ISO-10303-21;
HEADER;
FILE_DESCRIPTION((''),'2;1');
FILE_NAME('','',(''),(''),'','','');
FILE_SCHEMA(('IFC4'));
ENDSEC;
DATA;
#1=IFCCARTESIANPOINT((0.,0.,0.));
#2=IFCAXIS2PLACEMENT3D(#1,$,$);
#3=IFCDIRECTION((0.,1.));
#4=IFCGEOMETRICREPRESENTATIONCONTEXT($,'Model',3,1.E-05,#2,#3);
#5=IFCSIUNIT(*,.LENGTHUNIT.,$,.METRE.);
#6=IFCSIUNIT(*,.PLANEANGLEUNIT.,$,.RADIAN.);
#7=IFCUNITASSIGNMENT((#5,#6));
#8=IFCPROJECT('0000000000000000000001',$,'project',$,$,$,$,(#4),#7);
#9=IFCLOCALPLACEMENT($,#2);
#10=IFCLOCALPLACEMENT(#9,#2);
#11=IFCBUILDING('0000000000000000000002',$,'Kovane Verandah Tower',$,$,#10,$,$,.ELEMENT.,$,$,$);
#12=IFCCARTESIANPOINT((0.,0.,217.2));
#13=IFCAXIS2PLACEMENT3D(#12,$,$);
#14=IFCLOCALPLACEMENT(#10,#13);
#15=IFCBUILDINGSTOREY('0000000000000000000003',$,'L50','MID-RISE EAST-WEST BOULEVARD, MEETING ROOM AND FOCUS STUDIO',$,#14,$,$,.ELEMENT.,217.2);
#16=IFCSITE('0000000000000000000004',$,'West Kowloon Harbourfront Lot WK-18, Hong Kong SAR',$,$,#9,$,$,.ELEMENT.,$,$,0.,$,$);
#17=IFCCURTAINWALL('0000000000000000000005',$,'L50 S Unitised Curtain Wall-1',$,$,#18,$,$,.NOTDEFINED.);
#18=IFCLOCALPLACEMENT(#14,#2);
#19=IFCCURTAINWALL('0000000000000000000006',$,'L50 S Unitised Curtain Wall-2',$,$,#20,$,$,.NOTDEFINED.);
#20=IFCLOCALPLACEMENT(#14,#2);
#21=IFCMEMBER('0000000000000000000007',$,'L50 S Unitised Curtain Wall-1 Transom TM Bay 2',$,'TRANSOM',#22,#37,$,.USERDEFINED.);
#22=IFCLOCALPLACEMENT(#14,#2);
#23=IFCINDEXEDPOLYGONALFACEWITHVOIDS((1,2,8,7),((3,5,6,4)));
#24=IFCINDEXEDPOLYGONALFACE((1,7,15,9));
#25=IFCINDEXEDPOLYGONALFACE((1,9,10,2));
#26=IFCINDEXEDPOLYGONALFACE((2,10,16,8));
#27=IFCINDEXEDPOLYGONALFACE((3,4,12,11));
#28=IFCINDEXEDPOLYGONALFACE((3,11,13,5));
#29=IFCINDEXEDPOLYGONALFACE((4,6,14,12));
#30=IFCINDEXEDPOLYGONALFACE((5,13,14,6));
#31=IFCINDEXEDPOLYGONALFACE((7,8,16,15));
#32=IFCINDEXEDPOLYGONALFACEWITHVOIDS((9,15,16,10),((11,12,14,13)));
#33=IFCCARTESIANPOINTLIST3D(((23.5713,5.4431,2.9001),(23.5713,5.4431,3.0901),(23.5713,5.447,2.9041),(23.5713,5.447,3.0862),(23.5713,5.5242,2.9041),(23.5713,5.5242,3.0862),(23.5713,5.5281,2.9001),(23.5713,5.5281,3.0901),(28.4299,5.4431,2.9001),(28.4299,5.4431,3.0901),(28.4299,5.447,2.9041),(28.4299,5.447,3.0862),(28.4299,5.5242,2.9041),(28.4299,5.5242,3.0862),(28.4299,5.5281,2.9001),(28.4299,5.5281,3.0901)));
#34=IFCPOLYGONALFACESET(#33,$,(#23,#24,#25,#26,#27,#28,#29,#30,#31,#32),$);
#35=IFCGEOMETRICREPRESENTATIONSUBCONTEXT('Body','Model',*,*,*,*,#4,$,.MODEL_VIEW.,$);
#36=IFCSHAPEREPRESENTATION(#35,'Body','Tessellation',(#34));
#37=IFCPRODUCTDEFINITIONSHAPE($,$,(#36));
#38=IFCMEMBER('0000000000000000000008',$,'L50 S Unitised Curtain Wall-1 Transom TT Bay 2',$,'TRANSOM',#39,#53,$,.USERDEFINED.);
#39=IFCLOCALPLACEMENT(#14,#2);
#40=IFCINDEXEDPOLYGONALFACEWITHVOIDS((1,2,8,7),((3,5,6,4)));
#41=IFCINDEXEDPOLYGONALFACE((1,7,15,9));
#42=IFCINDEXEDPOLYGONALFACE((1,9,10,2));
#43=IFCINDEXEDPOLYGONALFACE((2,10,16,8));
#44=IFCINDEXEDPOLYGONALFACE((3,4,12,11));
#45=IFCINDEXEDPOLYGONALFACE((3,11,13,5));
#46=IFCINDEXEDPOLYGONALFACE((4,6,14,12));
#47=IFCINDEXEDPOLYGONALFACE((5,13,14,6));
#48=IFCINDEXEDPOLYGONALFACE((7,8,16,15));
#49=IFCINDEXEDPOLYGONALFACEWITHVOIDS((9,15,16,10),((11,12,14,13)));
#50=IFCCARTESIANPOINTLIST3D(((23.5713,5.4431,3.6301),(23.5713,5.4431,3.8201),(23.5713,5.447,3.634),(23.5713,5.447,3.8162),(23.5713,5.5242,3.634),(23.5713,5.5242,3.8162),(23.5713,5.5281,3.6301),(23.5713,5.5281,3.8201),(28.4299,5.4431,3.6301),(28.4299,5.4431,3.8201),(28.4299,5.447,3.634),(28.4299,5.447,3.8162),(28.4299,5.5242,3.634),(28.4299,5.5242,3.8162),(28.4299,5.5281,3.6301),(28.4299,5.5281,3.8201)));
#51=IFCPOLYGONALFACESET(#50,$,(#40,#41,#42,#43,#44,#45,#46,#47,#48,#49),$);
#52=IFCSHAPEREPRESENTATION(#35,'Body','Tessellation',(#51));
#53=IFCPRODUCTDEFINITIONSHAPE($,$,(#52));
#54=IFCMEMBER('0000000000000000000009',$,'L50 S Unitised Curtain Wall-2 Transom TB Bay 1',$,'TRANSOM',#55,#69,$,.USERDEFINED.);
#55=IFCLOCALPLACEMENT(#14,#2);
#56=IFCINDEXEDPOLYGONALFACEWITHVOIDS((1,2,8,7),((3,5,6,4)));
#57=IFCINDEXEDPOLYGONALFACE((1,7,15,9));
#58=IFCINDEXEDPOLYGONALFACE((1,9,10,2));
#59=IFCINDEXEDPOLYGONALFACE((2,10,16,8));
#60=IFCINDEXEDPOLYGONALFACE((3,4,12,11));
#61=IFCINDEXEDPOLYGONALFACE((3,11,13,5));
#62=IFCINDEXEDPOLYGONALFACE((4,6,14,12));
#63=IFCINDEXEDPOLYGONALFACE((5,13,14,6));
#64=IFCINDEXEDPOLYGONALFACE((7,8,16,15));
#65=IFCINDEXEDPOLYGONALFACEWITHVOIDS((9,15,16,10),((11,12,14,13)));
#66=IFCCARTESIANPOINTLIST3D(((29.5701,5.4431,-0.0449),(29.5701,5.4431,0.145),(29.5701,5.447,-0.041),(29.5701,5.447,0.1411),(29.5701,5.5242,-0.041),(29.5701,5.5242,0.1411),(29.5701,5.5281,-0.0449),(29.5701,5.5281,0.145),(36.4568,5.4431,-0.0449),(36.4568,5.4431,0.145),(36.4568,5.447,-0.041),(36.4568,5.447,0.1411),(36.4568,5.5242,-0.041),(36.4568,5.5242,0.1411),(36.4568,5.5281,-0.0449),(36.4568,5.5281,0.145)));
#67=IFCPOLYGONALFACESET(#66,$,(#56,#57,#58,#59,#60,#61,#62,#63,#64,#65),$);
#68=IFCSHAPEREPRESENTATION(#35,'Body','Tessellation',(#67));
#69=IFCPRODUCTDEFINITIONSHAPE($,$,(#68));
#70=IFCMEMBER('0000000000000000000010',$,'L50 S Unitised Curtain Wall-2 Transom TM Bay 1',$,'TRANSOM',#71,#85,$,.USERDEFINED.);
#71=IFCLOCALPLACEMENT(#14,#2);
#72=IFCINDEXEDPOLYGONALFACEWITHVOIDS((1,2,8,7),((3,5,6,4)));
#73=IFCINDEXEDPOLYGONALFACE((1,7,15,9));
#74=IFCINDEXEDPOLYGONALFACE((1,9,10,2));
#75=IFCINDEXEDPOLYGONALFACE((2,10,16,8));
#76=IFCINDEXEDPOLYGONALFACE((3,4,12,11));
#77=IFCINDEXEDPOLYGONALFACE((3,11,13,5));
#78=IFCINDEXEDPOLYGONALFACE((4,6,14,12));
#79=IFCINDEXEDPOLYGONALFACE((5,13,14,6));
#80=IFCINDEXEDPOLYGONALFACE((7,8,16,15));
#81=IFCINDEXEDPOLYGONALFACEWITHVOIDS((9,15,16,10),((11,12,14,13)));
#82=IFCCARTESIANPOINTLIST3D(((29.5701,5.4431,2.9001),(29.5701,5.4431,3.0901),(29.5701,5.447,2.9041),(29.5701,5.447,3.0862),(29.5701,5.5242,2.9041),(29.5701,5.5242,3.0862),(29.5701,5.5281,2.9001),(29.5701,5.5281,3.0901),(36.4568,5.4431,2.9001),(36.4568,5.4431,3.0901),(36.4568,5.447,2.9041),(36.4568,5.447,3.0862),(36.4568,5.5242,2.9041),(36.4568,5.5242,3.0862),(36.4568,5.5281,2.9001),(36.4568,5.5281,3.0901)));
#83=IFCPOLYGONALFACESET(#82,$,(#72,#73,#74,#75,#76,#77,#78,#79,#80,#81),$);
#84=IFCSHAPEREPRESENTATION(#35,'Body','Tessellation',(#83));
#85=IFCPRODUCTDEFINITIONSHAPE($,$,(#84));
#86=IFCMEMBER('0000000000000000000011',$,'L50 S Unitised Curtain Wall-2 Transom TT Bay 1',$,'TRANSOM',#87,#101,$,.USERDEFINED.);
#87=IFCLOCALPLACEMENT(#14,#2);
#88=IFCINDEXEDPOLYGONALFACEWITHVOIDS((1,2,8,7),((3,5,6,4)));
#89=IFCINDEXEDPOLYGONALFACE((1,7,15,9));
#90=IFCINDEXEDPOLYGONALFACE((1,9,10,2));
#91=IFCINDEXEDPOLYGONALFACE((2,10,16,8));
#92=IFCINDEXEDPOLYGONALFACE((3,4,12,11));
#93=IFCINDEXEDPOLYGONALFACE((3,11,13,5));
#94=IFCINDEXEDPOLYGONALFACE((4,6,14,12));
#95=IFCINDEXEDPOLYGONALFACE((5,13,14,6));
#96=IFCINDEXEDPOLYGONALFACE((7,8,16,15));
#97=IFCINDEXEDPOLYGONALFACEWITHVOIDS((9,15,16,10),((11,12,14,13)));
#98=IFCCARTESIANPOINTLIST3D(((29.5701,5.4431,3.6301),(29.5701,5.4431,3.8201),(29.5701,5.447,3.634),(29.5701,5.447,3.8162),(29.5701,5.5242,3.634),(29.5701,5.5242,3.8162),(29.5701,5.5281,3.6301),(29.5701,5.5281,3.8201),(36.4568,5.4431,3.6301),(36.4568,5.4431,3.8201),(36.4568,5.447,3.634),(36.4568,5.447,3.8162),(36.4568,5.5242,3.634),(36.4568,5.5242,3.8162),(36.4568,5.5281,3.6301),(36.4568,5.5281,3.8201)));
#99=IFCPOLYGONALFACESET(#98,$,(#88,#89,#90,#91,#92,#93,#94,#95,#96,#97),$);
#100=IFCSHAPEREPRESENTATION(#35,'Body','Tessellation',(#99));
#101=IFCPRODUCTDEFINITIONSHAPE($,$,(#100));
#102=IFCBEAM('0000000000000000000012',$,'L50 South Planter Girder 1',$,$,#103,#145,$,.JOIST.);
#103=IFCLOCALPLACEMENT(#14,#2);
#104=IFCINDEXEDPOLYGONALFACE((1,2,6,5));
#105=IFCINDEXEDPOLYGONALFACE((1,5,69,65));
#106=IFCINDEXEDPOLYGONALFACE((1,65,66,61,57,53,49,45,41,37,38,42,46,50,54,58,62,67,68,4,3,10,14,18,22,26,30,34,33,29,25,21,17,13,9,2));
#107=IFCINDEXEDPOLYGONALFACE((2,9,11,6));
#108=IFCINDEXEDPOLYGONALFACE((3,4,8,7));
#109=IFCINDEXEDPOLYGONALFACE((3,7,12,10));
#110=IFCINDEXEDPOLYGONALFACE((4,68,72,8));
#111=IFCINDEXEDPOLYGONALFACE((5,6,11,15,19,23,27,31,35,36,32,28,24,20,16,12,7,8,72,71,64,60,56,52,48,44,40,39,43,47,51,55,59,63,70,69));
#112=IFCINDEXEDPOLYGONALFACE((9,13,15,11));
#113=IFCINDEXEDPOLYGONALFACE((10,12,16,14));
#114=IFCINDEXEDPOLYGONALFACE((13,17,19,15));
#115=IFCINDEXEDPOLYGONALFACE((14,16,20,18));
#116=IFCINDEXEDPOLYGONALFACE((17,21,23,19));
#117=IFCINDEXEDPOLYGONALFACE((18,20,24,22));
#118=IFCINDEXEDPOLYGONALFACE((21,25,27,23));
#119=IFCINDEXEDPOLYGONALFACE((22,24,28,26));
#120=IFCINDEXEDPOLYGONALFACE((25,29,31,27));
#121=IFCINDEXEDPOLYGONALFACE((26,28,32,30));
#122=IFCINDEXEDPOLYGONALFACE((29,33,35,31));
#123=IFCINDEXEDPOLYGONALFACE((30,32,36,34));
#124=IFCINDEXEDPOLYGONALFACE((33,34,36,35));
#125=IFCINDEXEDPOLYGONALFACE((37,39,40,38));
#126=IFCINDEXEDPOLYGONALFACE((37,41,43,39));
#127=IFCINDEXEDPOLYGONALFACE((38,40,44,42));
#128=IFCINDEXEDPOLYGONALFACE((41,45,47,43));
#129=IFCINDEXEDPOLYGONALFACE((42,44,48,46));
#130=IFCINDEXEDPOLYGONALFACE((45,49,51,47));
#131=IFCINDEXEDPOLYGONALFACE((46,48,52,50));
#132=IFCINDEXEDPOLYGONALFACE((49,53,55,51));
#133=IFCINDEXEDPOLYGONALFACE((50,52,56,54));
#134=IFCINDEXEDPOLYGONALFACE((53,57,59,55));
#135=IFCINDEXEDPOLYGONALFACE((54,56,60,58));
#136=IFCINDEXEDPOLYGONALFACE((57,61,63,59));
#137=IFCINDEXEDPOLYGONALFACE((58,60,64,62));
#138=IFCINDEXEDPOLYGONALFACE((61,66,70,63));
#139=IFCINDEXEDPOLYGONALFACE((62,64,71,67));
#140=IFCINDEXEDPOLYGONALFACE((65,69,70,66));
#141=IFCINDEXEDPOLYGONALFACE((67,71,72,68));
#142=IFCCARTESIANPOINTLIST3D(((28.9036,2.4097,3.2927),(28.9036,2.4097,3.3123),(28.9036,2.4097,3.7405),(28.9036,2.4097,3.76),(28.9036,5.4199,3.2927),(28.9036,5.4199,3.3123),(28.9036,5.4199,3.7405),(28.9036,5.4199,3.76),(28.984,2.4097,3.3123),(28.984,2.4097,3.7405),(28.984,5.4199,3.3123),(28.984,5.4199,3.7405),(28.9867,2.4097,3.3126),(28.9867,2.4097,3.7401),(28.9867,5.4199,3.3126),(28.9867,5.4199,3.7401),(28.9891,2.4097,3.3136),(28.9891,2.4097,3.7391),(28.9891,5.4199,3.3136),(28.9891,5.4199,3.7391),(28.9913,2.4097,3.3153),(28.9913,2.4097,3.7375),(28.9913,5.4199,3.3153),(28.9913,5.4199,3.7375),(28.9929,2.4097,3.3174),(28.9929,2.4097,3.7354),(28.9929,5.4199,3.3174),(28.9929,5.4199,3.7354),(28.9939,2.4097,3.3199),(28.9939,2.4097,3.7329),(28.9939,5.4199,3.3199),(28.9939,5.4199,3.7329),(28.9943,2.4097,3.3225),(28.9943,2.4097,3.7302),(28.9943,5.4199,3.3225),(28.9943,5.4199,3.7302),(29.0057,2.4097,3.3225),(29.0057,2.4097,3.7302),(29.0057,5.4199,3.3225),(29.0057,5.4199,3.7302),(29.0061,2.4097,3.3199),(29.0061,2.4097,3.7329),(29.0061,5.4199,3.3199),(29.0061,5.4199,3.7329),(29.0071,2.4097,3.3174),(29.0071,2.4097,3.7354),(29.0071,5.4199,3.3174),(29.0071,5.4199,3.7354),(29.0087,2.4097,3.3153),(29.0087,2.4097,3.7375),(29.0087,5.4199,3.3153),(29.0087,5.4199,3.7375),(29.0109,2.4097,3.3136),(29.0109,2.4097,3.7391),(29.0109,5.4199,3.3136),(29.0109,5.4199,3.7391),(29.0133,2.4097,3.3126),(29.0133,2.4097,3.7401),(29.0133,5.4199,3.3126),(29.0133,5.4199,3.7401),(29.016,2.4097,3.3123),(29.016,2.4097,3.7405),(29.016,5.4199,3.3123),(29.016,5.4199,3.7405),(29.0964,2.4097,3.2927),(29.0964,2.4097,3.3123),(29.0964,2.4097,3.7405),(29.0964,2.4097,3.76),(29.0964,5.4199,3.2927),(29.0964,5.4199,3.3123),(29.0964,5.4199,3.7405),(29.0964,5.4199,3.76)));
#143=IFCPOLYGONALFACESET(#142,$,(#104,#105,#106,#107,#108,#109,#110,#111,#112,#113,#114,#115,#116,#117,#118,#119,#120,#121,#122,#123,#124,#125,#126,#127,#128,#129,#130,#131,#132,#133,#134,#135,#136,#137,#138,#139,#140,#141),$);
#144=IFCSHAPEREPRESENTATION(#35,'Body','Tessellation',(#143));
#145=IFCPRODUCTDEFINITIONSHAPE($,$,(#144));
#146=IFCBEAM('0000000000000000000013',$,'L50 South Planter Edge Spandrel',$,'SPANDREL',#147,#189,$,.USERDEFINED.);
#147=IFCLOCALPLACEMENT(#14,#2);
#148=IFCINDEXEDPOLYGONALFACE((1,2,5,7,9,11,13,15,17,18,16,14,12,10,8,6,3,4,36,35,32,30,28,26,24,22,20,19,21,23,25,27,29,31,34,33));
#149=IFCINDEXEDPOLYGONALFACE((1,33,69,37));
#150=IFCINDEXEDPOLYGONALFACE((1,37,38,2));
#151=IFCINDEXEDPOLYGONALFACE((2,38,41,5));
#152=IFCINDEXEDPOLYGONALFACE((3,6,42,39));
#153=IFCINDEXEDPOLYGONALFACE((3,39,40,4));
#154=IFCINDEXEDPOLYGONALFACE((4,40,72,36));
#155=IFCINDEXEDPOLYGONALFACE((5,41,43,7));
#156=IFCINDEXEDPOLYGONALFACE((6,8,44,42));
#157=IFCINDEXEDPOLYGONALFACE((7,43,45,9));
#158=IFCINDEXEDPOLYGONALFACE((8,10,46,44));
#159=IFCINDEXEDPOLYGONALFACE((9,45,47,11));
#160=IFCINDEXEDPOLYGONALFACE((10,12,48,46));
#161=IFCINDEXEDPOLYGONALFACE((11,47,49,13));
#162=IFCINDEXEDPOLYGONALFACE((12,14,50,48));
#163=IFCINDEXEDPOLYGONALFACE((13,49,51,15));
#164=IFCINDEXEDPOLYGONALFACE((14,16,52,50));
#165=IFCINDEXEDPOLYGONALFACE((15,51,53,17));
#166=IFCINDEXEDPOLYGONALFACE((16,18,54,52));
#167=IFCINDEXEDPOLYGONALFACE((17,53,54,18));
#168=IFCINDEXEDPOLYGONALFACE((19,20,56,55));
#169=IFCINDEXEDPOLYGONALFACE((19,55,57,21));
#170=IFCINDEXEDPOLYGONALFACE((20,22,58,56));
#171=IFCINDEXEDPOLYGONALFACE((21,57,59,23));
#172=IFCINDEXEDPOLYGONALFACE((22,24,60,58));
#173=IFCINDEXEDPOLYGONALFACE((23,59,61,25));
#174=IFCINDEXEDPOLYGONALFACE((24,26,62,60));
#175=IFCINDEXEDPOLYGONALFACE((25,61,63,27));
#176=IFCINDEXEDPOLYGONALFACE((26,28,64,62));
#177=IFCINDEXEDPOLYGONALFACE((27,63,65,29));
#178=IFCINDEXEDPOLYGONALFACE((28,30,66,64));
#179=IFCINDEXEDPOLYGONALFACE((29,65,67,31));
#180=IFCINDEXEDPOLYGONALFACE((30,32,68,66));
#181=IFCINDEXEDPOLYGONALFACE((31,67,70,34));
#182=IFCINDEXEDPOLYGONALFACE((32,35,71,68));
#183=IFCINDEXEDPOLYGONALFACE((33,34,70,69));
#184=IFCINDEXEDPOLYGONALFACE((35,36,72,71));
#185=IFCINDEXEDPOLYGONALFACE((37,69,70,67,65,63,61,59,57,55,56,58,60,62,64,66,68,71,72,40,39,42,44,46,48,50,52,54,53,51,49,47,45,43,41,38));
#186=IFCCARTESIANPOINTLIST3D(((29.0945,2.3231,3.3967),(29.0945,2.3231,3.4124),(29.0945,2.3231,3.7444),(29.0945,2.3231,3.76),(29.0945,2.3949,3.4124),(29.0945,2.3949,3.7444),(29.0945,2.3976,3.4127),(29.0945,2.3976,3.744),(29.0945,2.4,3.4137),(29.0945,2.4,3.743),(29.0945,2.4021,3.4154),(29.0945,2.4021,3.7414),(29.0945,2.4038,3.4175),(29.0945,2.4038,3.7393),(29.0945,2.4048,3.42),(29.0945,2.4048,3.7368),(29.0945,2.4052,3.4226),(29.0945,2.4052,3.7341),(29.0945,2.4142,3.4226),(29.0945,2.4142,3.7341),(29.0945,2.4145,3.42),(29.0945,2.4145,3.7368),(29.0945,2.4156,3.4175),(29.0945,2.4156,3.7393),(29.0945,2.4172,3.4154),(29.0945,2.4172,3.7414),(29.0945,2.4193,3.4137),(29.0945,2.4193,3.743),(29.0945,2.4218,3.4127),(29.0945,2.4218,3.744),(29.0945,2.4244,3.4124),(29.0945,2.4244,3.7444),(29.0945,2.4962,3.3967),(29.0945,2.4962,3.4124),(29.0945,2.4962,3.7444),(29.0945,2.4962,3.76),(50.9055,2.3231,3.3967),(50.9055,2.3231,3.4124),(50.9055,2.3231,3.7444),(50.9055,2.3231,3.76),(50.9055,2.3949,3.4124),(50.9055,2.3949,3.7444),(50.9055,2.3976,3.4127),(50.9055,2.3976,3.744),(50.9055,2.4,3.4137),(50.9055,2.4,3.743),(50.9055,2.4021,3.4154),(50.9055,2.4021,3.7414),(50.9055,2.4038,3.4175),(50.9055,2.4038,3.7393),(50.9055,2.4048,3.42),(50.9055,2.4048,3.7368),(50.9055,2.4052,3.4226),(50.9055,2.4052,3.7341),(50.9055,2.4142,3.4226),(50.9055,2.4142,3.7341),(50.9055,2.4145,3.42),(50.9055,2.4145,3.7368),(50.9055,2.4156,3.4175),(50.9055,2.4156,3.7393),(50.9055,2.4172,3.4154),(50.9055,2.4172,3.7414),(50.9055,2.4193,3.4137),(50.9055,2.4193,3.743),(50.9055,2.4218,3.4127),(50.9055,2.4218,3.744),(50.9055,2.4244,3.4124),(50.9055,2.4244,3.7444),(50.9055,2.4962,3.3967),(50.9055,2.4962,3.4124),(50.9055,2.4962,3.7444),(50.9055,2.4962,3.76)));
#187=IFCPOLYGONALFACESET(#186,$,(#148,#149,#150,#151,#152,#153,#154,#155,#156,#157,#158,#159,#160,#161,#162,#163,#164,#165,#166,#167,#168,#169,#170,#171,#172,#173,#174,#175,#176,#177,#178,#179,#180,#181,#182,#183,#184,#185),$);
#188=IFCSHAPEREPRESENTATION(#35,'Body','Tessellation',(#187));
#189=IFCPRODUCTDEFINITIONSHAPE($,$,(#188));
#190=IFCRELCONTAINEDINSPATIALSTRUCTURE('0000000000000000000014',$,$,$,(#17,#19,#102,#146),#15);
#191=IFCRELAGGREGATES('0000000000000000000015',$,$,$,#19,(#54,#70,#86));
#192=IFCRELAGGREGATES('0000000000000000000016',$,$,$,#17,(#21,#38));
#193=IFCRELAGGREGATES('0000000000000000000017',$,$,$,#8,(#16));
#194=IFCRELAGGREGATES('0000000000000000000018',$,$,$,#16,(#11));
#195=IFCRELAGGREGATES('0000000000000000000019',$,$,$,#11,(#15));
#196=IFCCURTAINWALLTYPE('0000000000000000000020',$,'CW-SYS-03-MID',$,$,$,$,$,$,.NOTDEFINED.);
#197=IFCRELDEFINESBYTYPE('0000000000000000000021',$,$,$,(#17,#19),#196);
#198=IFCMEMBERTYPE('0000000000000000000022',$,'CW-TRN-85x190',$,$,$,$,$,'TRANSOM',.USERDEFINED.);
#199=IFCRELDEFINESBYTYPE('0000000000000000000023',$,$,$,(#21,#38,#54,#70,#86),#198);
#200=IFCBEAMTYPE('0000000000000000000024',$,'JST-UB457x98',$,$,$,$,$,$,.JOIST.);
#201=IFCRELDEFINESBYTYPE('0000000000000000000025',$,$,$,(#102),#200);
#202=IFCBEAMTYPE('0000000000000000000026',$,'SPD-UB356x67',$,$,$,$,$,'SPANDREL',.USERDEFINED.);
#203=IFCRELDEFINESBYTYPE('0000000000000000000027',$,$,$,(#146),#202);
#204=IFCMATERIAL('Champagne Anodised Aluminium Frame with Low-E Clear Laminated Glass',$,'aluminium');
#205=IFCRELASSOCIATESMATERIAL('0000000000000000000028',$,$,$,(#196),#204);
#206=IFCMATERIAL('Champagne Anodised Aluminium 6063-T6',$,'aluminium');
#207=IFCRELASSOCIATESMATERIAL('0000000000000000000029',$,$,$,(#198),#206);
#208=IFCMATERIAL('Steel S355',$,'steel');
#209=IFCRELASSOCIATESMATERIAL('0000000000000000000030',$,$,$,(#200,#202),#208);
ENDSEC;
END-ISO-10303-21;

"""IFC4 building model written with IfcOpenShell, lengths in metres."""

from ifc_helpers import new_model, si_unit, direction, frame, origin, origin_2d, place, context, subcontext, project, spatial, hollow_rectangle, i_section, extrude, material, material_profile, profile_set, type_object, element, aggregate, save


model = new_model("IFC4")

# Units and contexts
model_context = context("Model", 3, precision=1e-05, world=origin(), true_north=direction((0.0, 1.0)))
body_context = subcontext(model_context, "Body", "Model", "MODEL_VIEW")
ifc_project = project(units=[si_unit("LENGTHUNIT", "METRE"), si_unit("PLANEANGLEUNIT", "RADIAN")], contexts=[model_context])

# Site, building, storey
site_placement = place(None, origin())
site = spatial("IfcSite", under=ifc_project, at=site_placement, Name="West Kowloon Harbourfront Lot WK-18, Hong Kong SAR", CompositionType="ELEMENT", RefElevation=0.0)
building_placement = place(site_placement, origin())
building = spatial("IfcBuilding", under=site, at=building_placement, Name="Kovane Verandah Tower", CompositionType="ELEMENT")
storey_placement = place(building_placement, frame((0.0, 0.0, 217.2)))
storey = spatial("IfcBuildingStorey", under=building, at=storey_placement, Name="L50", Description="MID-RISE EAST-WEST BOULEVARD, MEETING ROOM AND FOCUS STUDIO", CompositionType="ELEMENT", Elevation=217.2)

# Curtain wall
ifc_material_1 = material(Name="Champagne Anodised Aluminium Frame with Low-E Clear Laminated Glass", Category="aluminium")
curtain_wall_type = type_object("IfcCurtainWallType", Name="CW-SYS-03-MID", PredefinedType="NOTDEFINED", material=ifc_material_1)
curtain_wall_1_placement = place(storey_placement, origin())
curtain_wall_1 = element("IfcCurtainWall", 1, at=curtain_wall_1_placement, inside=storey, type_object=curtain_wall_type, Name="L50 S Unitised Curtain Wall-1", PredefinedType="NOTDEFINED")
ifc_material_2 = material(Name="Champagne Anodised Aluminium 6063-T6", Category="aluminium")

# Curtain wall
curtain_wall_2_placement = place(storey_placement, origin())
curtain_wall_2 = element("IfcCurtainWall", 2, at=curtain_wall_2_placement, inside=storey, type_object=curtain_wall_type, Name="L50 S Unitised Curtain Wall-2", PredefinedType="NOTDEFINED")

# Members
ifc_material_profile_1 = material_profile(ifc_material_2, hollow_rectangle(XDim=0.085, YDim=0.1899, WallThickness=0.0039, at=origin_2d()), Name="AL85x190x4")
ifc_profile_set_1 = profile_set([ifc_material_profile_1], Name="Champagne Anodised Aluminium 6063-T6")
member_type_1 = type_object("IfcMemberType", Name="CW-TRN-85x190", ElementType="TRANSOM", PredefinedType="USERDEFINED", material=ifc_profile_set_1)
member_1_placement = place(storey_placement, frame((23.5713, 5.4856, 2.9951), z_axis=(1.0, 0.0, 0.0), x_axis=(0.0, 1.0, 0.0)))
member_1 = element("IfcMember", 3, at=member_1_placement, type_object=member_type_1, Name="L50 S Unitised Curtain Wall-1 Transom TM Bay 2", ObjectType="TRANSOM", PredefinedType="USERDEFINED", context=body_context, shape_type="SweptSolid", body=[
    extrude(hollow_rectangle(XDim=0.085, YDim=0.1899, WallThickness=0.0039, at=origin_2d()), origin(), (0.0, 0.0, 1.0), 4.8586),
])
member_2_placement = place(storey_placement, frame((23.5713, 5.4856, 3.7251), z_axis=(1.0, 0.0, 0.0), x_axis=(0.0, 1.0, 0.0)))
member_2 = element("IfcMember", 4, at=member_2_placement, type_object=member_type_1, Name="L50 S Unitised Curtain Wall-1 Transom TT Bay 2", ObjectType="TRANSOM", PredefinedType="USERDEFINED", context=body_context, shape_type="SweptSolid", body=[
    extrude(hollow_rectangle(XDim=0.085, YDim=0.1899, WallThickness=0.0039, at=origin_2d()), origin(), (0.0, 0.0, 1.0), 4.8586),
])
member_3_placement = place(storey_placement, frame((29.5701, 5.4856, 0.05), z_axis=(1.0, 0.0, 0.0), x_axis=(0.0, 1.0, 0.0)))
member_3 = element("IfcMember", 5, at=member_3_placement, type_object=member_type_1, Name="L50 S Unitised Curtain Wall-2 Transom TB Bay 1", ObjectType="TRANSOM", PredefinedType="USERDEFINED", context=body_context, shape_type="SweptSolid", body=[
    extrude(hollow_rectangle(XDim=0.085, YDim=0.1899, WallThickness=0.0039, at=origin_2d()), origin(), (0.0, 0.0, 1.0), 6.8867),
])
member_4_placement = place(storey_placement, frame((29.5701, 5.4856, 2.9951), z_axis=(1.0, 0.0, 0.0), x_axis=(0.0, 1.0, 0.0)))
member_4 = element("IfcMember", 6, at=member_4_placement, type_object=member_type_1, Name="L50 S Unitised Curtain Wall-2 Transom TM Bay 1", ObjectType="TRANSOM", PredefinedType="USERDEFINED", context=body_context, shape_type="SweptSolid", body=[
    extrude(hollow_rectangle(XDim=0.085, YDim=0.1899, WallThickness=0.0039, at=origin_2d()), origin(), (0.0, 0.0, 1.0), 6.8867),
])
member_5_placement = place(storey_placement, frame((29.5701, 5.4856, 3.7251), z_axis=(1.0, 0.0, 0.0), x_axis=(0.0, 1.0, 0.0)))
member_5 = element("IfcMember", 7, at=member_5_placement, type_object=member_type_1, Name="L50 S Unitised Curtain Wall-2 Transom TT Bay 1", ObjectType="TRANSOM", PredefinedType="USERDEFINED", context=body_context, shape_type="SweptSolid", body=[
    extrude(hollow_rectangle(XDim=0.085, YDim=0.1899, WallThickness=0.0039, at=origin_2d()), origin(), (0.0, 0.0, 1.0), 6.8867),
])
aggregate(curtain_wall_2, [member_3, member_4, member_5])

# Beams
ifc_material_3 = material(Name="Steel S355", Category="steel")
ifc_material_profile_2 = material_profile(ifc_material_3, i_section(OverallWidth=0.1929, OverallDepth=0.4673, WebThickness=0.0115, FlangeThickness=0.0195, FilletRadius=0.0103, at=origin_2d()), Name="UB457x191x98")
ifc_profile_set_2 = profile_set([ifc_material_profile_2], Name="Steel S355")
beam_type_1 = type_object("IfcBeamType", Name="JST-UB457x98", PredefinedType="JOIST", material=ifc_profile_set_2)
beam_1_placement = place(storey_placement, frame((29.0, 5.4199, 3.5264), z_axis=(0.0, -1.0, 0.0), x_axis=(1.0, 0.0, 0.0)))
element("IfcBeam", 8, at=beam_1_placement, inside=storey, type_object=beam_type_1, Name="L50 South Planter Girder 1", PredefinedType="JOIST", context=body_context, shape_type="SweptSolid", body=[
    extrude(i_section(OverallWidth=0.1929, OverallDepth=0.4673, WebThickness=0.0115, FlangeThickness=0.0195, FilletRadius=0.0103, at=origin_2d()), origin(), (0.0, 0.0, 1.0), 3.0103),
])
ifc_material_profile_3 = material_profile(ifc_material_3, i_section(OverallWidth=0.1731, OverallDepth=0.3633, WebThickness=0.009, FlangeThickness=0.0156, FilletRadius=0.0103, at=origin_2d()), Name="UB356x171x67")
ifc_profile_set_3 = profile_set([ifc_material_profile_3], Name="Steel S355")
beam_type_2 = type_object("IfcBeamType", Name="SPD-UB356x67", ElementType="SPANDREL", PredefinedType="USERDEFINED", material=ifc_profile_set_3)
beam_2_placement = place(storey_placement, frame((29.0945, 2.4097, 3.5784), z_axis=(1.0, 0.0, 0.0), x_axis=(0.0, 1.0, 0.0)))
element("IfcBeam", 9, at=beam_2_placement, inside=storey, type_object=beam_type_2, Name="L50 South Planter Edge Spandrel", ObjectType="SPANDREL", PredefinedType="USERDEFINED", context=body_context, shape_type="SweptSolid", body=[
    extrude(i_section(OverallWidth=0.1731, OverallDepth=0.3633, WebThickness=0.009, FlangeThickness=0.0156, FilletRadius=0.0103, at=origin_2d()), origin(), (0.0, 0.0, 1.0), 21.811),
])

aggregate(curtain_wall_1, [member_1, member_2])

save(model, "model.ifc")
